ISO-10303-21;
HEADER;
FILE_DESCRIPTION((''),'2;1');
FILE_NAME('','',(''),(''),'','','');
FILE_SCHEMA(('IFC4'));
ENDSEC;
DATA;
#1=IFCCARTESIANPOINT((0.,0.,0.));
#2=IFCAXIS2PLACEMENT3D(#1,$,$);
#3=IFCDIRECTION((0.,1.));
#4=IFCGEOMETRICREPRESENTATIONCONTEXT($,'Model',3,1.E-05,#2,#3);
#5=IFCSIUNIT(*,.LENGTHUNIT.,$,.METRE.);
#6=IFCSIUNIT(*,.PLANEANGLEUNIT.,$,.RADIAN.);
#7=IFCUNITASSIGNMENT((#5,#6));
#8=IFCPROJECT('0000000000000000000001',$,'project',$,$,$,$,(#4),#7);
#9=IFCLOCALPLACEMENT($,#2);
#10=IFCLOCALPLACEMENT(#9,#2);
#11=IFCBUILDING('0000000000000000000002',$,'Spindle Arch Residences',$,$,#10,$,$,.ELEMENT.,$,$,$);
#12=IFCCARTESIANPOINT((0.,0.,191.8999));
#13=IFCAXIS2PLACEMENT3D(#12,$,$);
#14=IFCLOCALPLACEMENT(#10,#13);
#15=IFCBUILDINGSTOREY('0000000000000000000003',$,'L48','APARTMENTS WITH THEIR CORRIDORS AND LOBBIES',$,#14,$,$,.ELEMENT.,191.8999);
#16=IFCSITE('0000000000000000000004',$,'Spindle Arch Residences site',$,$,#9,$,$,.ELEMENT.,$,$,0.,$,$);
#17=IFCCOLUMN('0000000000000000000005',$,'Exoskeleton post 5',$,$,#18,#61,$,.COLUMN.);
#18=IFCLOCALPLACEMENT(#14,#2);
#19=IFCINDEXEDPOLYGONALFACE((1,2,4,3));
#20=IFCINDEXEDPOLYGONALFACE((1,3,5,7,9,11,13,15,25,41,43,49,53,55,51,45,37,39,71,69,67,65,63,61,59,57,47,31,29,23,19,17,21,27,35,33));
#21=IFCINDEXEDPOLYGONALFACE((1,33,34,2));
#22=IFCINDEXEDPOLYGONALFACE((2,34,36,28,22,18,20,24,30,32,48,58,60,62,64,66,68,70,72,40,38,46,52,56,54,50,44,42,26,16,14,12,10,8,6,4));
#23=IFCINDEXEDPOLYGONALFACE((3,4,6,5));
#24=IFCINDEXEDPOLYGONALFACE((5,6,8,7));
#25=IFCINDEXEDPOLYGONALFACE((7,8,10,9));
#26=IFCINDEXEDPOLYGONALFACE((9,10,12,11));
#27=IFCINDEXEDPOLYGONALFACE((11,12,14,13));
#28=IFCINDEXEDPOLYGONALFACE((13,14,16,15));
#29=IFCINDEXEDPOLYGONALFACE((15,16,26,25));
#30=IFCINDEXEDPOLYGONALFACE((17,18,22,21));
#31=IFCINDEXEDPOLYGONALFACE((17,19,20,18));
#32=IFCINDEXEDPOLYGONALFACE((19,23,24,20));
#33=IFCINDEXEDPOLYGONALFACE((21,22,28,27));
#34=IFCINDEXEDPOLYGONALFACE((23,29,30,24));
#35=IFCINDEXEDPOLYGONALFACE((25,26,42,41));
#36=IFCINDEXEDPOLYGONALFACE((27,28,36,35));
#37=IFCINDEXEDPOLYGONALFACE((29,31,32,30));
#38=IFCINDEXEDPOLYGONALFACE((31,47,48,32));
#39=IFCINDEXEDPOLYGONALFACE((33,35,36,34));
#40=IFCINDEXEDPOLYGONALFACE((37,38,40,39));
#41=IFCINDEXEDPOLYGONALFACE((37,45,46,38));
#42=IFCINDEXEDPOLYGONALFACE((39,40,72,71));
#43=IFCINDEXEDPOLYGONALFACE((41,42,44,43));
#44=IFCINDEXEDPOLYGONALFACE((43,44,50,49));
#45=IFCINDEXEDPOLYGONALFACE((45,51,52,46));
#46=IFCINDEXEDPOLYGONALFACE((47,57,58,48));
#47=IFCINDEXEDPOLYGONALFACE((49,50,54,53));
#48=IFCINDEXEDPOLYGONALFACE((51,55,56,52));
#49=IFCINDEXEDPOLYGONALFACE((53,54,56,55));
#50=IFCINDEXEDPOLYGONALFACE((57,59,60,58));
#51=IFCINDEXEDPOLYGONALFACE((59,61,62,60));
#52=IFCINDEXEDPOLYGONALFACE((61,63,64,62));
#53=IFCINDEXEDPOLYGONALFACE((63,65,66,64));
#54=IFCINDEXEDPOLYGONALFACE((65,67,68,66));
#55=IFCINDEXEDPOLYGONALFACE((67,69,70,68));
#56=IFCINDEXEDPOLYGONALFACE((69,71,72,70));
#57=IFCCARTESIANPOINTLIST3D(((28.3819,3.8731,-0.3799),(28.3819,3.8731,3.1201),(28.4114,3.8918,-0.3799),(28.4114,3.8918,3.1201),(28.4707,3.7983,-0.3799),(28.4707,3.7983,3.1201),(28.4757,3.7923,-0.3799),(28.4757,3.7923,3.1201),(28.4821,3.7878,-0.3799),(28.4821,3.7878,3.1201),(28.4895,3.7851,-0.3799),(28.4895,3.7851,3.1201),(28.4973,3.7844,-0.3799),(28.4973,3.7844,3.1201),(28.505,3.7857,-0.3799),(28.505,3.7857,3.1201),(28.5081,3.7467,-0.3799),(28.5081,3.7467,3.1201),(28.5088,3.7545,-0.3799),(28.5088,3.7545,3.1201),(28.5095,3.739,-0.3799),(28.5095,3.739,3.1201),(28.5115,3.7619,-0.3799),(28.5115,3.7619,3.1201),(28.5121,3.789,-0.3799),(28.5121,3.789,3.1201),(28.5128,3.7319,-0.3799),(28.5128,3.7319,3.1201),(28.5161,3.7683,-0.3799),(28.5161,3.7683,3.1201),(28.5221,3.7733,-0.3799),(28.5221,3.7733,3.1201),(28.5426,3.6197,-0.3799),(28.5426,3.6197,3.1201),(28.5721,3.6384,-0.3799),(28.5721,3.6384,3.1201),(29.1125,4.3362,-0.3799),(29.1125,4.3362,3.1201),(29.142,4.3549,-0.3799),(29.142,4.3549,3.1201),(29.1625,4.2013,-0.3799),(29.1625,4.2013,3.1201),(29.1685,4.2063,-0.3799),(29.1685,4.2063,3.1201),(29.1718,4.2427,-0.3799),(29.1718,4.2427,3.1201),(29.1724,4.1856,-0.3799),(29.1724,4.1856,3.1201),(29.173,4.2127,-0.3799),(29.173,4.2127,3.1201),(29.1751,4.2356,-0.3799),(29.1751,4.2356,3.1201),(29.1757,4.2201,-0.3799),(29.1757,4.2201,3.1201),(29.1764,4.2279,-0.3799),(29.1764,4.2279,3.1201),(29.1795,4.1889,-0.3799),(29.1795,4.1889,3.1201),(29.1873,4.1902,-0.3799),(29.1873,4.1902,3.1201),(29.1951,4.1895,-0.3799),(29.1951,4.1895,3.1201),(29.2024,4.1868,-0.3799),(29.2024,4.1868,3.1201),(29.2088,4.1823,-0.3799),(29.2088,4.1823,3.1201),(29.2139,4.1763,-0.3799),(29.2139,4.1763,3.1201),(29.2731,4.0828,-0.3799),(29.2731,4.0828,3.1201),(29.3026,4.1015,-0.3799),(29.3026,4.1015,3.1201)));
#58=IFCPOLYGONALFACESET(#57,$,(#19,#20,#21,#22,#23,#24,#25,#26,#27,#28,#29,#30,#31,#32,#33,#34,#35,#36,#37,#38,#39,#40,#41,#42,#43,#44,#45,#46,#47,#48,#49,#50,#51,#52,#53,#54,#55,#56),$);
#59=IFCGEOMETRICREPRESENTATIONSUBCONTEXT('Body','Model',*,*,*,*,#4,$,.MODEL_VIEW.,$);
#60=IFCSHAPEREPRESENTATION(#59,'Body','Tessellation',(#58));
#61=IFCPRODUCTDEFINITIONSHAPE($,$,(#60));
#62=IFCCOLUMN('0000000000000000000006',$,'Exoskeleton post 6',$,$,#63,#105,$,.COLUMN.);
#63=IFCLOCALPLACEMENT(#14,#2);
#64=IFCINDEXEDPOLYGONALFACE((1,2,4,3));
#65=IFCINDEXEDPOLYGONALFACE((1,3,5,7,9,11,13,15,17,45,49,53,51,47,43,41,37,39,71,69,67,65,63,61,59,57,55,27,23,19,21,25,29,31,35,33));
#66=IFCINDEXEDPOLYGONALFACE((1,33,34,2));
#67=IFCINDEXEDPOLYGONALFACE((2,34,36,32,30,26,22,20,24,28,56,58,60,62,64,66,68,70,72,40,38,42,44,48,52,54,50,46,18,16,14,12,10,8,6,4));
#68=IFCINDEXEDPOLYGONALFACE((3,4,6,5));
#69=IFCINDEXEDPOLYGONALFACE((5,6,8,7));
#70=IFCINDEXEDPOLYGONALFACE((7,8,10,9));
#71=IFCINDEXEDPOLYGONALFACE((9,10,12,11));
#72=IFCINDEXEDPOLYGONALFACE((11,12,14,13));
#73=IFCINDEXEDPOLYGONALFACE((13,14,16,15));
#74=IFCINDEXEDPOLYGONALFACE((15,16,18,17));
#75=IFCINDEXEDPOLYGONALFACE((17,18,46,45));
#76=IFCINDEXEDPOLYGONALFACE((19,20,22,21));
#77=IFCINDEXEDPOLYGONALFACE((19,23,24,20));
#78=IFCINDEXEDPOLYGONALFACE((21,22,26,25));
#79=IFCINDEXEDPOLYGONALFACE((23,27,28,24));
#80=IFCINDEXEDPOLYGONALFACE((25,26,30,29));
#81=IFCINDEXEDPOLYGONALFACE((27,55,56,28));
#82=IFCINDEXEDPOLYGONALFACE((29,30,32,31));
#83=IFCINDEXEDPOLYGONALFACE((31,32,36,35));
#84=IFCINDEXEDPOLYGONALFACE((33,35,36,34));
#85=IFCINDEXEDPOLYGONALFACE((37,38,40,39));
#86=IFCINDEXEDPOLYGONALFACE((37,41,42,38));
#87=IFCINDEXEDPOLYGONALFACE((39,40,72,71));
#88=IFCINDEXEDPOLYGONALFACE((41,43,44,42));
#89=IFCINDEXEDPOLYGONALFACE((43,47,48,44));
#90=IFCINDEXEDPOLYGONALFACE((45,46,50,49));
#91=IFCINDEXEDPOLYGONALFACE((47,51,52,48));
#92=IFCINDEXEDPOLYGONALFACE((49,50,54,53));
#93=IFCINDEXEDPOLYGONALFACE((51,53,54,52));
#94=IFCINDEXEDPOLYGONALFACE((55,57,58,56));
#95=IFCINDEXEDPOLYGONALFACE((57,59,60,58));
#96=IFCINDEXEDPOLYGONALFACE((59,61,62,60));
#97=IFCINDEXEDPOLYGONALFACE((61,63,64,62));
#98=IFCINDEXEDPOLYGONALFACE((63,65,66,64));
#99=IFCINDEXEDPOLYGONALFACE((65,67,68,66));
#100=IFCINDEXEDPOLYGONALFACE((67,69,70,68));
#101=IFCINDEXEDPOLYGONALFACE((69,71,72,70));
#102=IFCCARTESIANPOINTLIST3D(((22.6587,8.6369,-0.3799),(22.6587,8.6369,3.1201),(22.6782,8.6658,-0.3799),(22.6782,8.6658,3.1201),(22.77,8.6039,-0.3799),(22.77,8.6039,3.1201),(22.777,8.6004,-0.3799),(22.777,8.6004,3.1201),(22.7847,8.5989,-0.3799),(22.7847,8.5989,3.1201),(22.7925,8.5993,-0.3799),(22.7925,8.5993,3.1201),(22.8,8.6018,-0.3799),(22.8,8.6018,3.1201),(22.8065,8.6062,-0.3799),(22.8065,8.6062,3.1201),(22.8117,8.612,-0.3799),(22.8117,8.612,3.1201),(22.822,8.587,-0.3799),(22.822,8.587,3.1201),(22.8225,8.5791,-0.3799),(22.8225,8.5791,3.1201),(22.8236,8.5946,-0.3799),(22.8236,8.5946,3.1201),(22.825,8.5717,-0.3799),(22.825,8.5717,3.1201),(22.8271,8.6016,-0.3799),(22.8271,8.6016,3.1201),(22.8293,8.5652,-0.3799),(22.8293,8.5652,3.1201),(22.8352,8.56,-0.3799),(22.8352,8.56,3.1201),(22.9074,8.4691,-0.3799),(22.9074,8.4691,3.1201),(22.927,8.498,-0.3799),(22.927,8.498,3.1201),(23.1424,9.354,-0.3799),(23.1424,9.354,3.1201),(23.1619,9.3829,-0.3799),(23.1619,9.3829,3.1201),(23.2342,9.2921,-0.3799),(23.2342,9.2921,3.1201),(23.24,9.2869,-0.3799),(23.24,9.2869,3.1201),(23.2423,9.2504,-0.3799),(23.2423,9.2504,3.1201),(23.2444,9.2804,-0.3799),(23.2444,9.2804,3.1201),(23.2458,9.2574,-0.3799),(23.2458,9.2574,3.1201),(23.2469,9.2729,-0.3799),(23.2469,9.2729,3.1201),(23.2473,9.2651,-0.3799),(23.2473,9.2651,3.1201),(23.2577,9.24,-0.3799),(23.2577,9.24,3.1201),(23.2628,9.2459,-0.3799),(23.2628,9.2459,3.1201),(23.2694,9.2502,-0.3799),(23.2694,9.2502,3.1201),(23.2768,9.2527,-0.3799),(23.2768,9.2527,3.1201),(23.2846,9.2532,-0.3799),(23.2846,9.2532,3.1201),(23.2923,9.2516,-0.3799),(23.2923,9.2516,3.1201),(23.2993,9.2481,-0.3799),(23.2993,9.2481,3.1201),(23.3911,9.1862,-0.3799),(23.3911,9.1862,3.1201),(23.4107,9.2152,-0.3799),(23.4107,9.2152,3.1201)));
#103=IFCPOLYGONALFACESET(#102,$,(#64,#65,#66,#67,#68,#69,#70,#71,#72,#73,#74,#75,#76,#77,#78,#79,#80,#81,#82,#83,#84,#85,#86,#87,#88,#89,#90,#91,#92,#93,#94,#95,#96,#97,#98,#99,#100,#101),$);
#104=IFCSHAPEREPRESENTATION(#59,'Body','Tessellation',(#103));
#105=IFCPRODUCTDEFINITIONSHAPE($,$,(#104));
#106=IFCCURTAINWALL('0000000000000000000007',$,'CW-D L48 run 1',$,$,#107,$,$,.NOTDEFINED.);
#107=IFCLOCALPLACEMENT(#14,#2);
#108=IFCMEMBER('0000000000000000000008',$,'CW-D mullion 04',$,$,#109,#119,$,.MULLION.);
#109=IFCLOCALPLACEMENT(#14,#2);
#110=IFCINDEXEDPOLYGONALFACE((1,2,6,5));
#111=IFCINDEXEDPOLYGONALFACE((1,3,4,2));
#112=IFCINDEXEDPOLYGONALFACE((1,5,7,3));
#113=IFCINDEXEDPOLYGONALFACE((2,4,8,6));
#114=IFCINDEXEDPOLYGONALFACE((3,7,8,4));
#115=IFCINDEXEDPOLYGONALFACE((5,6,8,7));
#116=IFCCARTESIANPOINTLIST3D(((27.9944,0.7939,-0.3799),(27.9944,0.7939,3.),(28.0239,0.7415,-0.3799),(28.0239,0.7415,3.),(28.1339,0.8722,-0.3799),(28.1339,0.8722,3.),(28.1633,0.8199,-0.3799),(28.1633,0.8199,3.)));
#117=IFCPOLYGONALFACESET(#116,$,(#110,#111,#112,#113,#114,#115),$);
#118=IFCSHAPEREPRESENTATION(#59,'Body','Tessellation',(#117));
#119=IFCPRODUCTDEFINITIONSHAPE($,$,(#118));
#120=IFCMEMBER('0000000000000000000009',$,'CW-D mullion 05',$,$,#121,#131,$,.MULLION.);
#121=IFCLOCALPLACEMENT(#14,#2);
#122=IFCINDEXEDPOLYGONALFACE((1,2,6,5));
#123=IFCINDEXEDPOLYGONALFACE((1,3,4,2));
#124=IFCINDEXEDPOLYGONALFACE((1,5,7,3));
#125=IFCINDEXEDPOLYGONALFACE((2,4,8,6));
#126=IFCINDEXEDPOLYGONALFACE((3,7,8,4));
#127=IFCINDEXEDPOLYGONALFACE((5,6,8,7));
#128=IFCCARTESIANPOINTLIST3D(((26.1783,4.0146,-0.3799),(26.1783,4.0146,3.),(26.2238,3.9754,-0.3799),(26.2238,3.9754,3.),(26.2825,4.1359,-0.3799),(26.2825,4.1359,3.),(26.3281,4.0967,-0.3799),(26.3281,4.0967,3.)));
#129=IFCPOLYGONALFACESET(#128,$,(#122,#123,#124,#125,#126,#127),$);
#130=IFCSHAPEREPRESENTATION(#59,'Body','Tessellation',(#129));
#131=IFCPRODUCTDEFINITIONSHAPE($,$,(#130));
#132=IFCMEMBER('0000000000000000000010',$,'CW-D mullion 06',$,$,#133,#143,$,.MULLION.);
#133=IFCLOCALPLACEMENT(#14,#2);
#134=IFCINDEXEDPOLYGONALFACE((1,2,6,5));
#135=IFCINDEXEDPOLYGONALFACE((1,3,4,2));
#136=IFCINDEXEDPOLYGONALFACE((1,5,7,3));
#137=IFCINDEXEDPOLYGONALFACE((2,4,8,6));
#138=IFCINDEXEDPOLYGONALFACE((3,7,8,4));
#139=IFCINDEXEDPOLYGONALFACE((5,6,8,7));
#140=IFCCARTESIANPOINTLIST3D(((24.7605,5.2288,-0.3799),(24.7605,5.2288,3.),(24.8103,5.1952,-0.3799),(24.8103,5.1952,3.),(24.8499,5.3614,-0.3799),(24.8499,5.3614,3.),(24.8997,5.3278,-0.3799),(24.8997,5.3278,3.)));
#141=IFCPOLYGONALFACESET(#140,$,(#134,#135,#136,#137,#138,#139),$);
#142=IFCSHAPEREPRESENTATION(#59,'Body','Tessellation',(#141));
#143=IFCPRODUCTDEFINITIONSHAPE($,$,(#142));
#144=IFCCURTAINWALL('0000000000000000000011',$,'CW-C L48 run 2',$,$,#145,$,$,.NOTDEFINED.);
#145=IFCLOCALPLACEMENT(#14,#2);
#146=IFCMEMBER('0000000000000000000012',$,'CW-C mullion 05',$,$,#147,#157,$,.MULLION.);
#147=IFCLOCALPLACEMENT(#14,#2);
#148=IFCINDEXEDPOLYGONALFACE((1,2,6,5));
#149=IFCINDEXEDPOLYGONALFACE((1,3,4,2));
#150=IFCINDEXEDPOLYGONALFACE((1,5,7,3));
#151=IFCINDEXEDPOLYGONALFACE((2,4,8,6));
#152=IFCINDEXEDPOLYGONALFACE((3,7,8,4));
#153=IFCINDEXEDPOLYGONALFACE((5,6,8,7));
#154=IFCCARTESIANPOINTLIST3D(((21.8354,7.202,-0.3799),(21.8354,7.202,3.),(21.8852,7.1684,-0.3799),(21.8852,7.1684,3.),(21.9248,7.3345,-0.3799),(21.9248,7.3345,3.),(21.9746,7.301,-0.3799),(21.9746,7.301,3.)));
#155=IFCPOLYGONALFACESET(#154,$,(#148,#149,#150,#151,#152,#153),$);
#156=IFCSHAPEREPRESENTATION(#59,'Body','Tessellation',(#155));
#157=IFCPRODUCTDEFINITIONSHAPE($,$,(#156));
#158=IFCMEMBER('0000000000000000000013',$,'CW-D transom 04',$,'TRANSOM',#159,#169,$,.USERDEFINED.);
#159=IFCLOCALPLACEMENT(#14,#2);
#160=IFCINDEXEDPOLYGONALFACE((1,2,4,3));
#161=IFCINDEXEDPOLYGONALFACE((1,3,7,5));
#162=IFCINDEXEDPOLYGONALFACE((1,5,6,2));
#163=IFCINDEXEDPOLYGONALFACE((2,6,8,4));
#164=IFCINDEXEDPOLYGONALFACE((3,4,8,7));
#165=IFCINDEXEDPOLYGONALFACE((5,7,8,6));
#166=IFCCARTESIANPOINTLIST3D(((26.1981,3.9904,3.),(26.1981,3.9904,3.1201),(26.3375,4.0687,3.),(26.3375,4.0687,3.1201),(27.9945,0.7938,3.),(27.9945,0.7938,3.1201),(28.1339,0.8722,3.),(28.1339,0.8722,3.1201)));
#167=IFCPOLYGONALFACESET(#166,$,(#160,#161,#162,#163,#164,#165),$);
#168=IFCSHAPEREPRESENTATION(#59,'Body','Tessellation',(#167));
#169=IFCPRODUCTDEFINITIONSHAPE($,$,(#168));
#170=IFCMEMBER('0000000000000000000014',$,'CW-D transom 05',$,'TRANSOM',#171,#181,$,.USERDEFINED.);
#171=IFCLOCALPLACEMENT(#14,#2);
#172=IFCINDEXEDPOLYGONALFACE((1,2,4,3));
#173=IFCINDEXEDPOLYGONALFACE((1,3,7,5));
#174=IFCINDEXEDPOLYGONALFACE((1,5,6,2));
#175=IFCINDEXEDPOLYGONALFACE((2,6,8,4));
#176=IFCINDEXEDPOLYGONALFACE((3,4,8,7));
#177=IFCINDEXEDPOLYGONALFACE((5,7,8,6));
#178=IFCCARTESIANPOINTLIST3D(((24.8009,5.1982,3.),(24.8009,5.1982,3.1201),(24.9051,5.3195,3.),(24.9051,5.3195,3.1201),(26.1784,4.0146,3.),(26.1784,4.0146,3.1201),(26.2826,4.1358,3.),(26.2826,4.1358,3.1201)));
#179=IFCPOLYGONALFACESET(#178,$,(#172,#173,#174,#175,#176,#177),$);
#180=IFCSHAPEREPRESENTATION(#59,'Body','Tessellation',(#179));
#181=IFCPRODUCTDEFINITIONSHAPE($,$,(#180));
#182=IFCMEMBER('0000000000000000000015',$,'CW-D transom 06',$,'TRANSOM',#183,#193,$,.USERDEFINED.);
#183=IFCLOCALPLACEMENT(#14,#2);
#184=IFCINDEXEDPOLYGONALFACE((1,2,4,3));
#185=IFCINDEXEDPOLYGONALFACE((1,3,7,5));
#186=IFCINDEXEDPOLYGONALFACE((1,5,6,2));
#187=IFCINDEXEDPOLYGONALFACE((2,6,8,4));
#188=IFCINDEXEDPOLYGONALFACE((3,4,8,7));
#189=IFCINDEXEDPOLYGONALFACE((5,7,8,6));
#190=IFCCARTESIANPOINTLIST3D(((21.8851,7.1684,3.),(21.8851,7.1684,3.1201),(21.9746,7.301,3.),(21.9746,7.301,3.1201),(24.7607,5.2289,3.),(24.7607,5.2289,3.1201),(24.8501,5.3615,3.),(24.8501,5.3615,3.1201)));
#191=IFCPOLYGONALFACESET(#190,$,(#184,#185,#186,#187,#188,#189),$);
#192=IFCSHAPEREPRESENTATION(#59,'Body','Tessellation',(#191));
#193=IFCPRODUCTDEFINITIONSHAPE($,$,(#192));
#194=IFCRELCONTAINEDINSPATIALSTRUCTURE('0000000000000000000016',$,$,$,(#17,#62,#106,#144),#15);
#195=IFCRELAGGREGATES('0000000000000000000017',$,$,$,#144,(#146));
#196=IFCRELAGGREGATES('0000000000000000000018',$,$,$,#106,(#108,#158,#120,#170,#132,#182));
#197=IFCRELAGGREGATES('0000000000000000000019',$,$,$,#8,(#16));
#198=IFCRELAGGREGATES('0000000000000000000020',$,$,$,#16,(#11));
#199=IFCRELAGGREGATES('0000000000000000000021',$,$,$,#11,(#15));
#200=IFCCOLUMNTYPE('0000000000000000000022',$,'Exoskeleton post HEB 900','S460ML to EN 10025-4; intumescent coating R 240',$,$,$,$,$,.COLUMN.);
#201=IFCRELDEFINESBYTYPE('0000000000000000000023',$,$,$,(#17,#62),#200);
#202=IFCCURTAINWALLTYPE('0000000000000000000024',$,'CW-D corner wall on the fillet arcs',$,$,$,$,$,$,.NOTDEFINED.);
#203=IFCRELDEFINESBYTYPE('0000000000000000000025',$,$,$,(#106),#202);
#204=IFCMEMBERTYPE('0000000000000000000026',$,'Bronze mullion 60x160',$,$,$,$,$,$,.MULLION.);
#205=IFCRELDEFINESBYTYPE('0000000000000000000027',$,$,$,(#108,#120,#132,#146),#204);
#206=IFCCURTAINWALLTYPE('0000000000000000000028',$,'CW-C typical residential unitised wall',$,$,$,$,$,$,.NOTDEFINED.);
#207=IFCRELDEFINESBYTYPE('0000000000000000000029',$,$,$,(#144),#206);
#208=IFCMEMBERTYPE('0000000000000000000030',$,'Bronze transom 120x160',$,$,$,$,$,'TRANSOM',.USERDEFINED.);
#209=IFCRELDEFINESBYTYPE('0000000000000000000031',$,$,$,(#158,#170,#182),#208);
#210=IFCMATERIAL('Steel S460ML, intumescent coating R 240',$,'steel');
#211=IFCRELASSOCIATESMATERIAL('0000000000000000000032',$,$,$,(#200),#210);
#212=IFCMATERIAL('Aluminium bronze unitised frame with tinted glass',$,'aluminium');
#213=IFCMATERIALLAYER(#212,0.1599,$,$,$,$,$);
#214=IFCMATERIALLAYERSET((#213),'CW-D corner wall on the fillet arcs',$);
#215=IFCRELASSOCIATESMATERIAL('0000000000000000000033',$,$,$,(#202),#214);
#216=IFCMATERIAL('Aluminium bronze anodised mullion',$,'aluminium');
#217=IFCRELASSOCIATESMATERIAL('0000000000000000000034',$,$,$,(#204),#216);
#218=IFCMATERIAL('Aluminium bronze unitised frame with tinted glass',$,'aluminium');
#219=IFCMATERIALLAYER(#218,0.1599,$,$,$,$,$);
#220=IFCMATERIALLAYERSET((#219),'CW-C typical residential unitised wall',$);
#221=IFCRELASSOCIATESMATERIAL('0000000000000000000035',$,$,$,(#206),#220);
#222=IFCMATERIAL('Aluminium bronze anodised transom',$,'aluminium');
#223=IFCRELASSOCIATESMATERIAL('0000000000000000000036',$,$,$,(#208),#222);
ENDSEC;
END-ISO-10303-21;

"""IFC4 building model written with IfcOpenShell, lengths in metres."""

from ifc_helpers import new_model, si_unit, direction, frame, origin, origin_2d, place, context, subcontext, project, spatial, rectangle, i_section, extrude, material, layer, layer_set, material_profile, profile_set, type_object, element, aggregate, save


model = new_model("IFC4")

# Units and contexts
model_context = context("Model", 3, precision=1e-05, world=origin(), true_north=direction((0.0, 1.0)))
body_context = subcontext(model_context, "Body", "Model", "MODEL_VIEW")
ifc_project = project(units=[si_unit("LENGTHUNIT", "METRE"), si_unit("PLANEANGLEUNIT", "RADIAN")], contexts=[model_context])

# Site, building, storey
site_placement = place(None, origin())
site = spatial("IfcSite", under=ifc_project, at=site_placement, Name="Spindle Arch Residences site", CompositionType="ELEMENT", RefElevation=0.0)
building_placement = place(site_placement, origin())
building = spatial("IfcBuilding", under=site, at=building_placement, Name="Spindle Arch Residences", CompositionType="ELEMENT")
storey_placement = place(building_placement, frame((0.0, 0.0, 191.8999)))
storey = spatial("IfcBuildingStorey", under=building, at=storey_placement, Name="L48", Description="APARTMENTS WITH THEIR CORRIDORS AND LOBBIES", CompositionType="ELEMENT", Elevation=191.8999)

# Columns
ifc_material_1 = material(Name="Steel S460ML, intumescent coating R 240", Category="steel")
ifc_material_profile_1 = material_profile(ifc_material_1, i_section(OverallWidth=0.3, OverallDepth=0.8999, WebThickness=0.0186, FlangeThickness=0.0349, FilletRadius=0.03, at=origin_2d()), Name="HEB 900")
ifc_profile_set_1 = profile_set([ifc_material_profile_1], Name="Steel S460ML, intumescent coating R 240")
column_type = type_object("IfcColumnType", Name="Exoskeleton post HEB 900", Description="S460ML to EN 10025-4; intumescent coating R 240", PredefinedType="COLUMN", material=ifc_profile_set_1)
for number, where, z_axis, x_axis, name in (
    (1, (28.8423, 3.9873, -0.3799), (0.0, 0.0, 1.0), (0.5354, -0.844598, 0.0), "Exoskeleton post 5"),
    (2, (23.0347, 8.926, -0.3799), (0.0, 0.0, 1.0), (0.829038, -0.559193, 0.0), "Exoskeleton post 6"),
):
    element("IfcColumn", number, at=place(storey_placement, frame(where, z_axis=z_axis, x_axis=x_axis)), inside=storey, type_object=column_type, Name=name, PredefinedType="COLUMN", context=body_context, shape_type="SweptSolid", body=[
        extrude(i_section(OverallWidth=0.3, OverallDepth=0.8999, WebThickness=0.0186, FlangeThickness=0.0349, FilletRadius=0.03, at=origin_2d()), origin(), (0.0, 0.0, 1.0), 3.5),
    ])

# Curtain wall, members
ifc_material_2 = material(Name="Aluminium bronze unitised frame with tinted glass", Category="aluminium")
ifc_layer_1 = layer(ifc_material_2, 0.1599)
ifc_layer_set_1 = layer_set([ifc_layer_1], Name="CW-D corner wall on the fillet arcs")
curtain_wall_type_1 = type_object("IfcCurtainWallType", Name="CW-D corner wall on the fillet arcs", PredefinedType="NOTDEFINED", material=ifc_layer_set_1)
curtain_wall_1_placement = place(storey_placement, origin())
curtain_wall_1 = element("IfcCurtainWall", 3, at=curtain_wall_1_placement, inside=storey, type_object=curtain_wall_type_1, Name="CW-D L48 run 1", PredefinedType="NOTDEFINED")
ifc_material_3 = material(Name="Aluminium bronze anodised mullion", Category="aluminium")
ifc_material_profile_2 = material_profile(ifc_material_3, rectangle(XDim=0.1599, YDim=0.0601, at=origin_2d()), Name="MU 60x160")
ifc_profile_set_2 = profile_set([ifc_material_profile_2], Name="Aluminium bronze anodised mullion")
member_type_1 = type_object("IfcMemberType", Name="Bronze mullion 60x160", PredefinedType="MULLION", material=ifc_profile_set_2)
member_1_placement = place(storey_placement, frame((28.0789, 0.8069, -0.3799), z_axis=(0.0, 0.0, 1.0), x_axis=(-0.871784, -0.48989, 0.0)))
member_1 = element("IfcMember", 4, at=member_1_placement, type_object=member_type_1, Name="CW-D mullion 04", PredefinedType="MULLION", context=body_context, shape_type="SweptSolid", body=[
    extrude(rectangle(XDim=0.1599, YDim=0.0601, at=origin_2d()), origin(), (0.0, 0.0, 1.0), 3.3799),
])
member_2_placement = place(storey_placement, frame((26.2532, 4.0557, -0.3799), z_axis=(0.0, 0.0, 1.0), x_axis=(-0.651657, -0.758514, 0.0)))
member_2 = element("IfcMember", 5, at=member_2_placement, type_object=member_type_1, Name="CW-D mullion 05", PredefinedType="MULLION", context=body_context, shape_type="SweptSolid", body=[
    extrude(rectangle(XDim=0.1599, YDim=0.0601, at=origin_2d()), origin(), (0.0, 0.0, 1.0), 3.3799),
])
member_3_placement = place(storey_placement, frame((24.8301, 5.2783, -0.3799), z_axis=(0.0, 0.0, 1.0), x_axis=(-0.559193, -0.829038, 0.0)))
member_3 = element("IfcMember", 6, at=member_3_placement, type_object=member_type_1, Name="CW-D mullion 06", PredefinedType="MULLION", context=body_context, shape_type="SweptSolid", body=[
    extrude(rectangle(XDim=0.1599, YDim=0.0601, at=origin_2d()), origin(), (0.0, 0.0, 1.0), 3.3799),
])

# Curtain wall, member
ifc_material_4 = material(Name="Aluminium bronze unitised frame with tinted glass", Category="aluminium")
ifc_layer_2 = layer(ifc_material_4, 0.1599)
ifc_layer_set_2 = layer_set([ifc_layer_2], Name="CW-C typical residential unitised wall")
curtain_wall_type_2 = type_object("IfcCurtainWallType", Name="CW-C typical residential unitised wall", PredefinedType="NOTDEFINED", material=ifc_layer_set_2)
curtain_wall_2_placement = place(storey_placement, origin())
curtain_wall_2 = element("IfcCurtainWall", 7, at=curtain_wall_2_placement, inside=storey, type_object=curtain_wall_type_2, Name="CW-C L48 run 2", PredefinedType="NOTDEFINED")
member_4_placement = place(storey_placement, frame((21.905, 7.2515, -0.3799), z_axis=(0.0, 0.0, 1.0), x_axis=(-0.559193, -0.829038, 0.0)))
member_4 = element("IfcMember", 8, at=member_4_placement, type_object=member_type_1, Name="CW-C mullion 05", PredefinedType="MULLION", context=body_context, shape_type="SweptSolid", body=[
    extrude(rectangle(XDim=0.1599, YDim=0.0601, at=origin_2d()), origin(), (0.0, 0.0, 1.0), 3.3799),
])

# Members
ifc_material_5 = material(Name="Aluminium bronze anodised transom", Category="aluminium")
ifc_material_profile_3 = material_profile(ifc_material_5, rectangle(XDim=0.1599, YDim=0.1201, at=origin_2d()), Name="TR 120x160")
ifc_profile_set_3 = profile_set([ifc_material_profile_3], Name="Aluminium bronze anodised transom")
member_type_2 = type_object("IfcMemberType", Name="Bronze transom 120x160", ElementType="TRANSOM", PredefinedType="USERDEFINED", material=ifc_profile_set_3)
member_5_placement = place(storey_placement, frame((28.0642, 0.833, 3.0601), z_axis=(-0.489917, 0.871769, 0.0), x_axis=(-0.871769, -0.489917, 0.0)))
member_5 = element("IfcMember", 9, at=member_5_placement, type_object=member_type_2, Name="CW-D transom 04", ObjectType="TRANSOM", PredefinedType="USERDEFINED", context=body_context, shape_type="SweptSolid", body=[
    extrude(rectangle(XDim=0.1599, YDim=0.1201, at=origin_2d()), origin(), (0.0, 0.0, 1.0), 3.6667),
])
member_6_placement = place(storey_placement, frame((26.2305, 4.0752, 3.0601), z_axis=(-0.758459, 0.651721, 0.0), x_axis=(-0.651721, -0.758459, 0.0)))
member_6 = element("IfcMember", 10, at=member_6_placement, type_object=member_type_2, Name="CW-D transom 05", ObjectType="TRANSOM", PredefinedType="USERDEFINED", context=body_context, shape_type="SweptSolid", body=[
    extrude(rectangle(XDim=0.1599, YDim=0.1201, at=origin_2d()), origin(), (0.0, 0.0, 1.0), 1.8162),
])
member_7_placement = place(storey_placement, frame((24.8054, 5.2952, 3.0601), z_axis=(-0.829049, 0.559175, 0.0), x_axis=(-0.559175, -0.829049, 0.0)))
member_7 = element("IfcMember", 11, at=member_7_placement, type_object=member_type_2, Name="CW-D transom 06", ObjectType="TRANSOM", PredefinedType="USERDEFINED", context=body_context, shape_type="SweptSolid", body=[
    extrude(rectangle(XDim=0.1599, YDim=0.1201, at=origin_2d()), origin(), (0.0, 0.0, 1.0), 3.4685),
])
aggregate(curtain_wall_2, [member_4])

aggregate(curtain_wall_1, [member_1, member_5, member_2, member_6, member_3, member_7])

save(model, "model.ifc")
